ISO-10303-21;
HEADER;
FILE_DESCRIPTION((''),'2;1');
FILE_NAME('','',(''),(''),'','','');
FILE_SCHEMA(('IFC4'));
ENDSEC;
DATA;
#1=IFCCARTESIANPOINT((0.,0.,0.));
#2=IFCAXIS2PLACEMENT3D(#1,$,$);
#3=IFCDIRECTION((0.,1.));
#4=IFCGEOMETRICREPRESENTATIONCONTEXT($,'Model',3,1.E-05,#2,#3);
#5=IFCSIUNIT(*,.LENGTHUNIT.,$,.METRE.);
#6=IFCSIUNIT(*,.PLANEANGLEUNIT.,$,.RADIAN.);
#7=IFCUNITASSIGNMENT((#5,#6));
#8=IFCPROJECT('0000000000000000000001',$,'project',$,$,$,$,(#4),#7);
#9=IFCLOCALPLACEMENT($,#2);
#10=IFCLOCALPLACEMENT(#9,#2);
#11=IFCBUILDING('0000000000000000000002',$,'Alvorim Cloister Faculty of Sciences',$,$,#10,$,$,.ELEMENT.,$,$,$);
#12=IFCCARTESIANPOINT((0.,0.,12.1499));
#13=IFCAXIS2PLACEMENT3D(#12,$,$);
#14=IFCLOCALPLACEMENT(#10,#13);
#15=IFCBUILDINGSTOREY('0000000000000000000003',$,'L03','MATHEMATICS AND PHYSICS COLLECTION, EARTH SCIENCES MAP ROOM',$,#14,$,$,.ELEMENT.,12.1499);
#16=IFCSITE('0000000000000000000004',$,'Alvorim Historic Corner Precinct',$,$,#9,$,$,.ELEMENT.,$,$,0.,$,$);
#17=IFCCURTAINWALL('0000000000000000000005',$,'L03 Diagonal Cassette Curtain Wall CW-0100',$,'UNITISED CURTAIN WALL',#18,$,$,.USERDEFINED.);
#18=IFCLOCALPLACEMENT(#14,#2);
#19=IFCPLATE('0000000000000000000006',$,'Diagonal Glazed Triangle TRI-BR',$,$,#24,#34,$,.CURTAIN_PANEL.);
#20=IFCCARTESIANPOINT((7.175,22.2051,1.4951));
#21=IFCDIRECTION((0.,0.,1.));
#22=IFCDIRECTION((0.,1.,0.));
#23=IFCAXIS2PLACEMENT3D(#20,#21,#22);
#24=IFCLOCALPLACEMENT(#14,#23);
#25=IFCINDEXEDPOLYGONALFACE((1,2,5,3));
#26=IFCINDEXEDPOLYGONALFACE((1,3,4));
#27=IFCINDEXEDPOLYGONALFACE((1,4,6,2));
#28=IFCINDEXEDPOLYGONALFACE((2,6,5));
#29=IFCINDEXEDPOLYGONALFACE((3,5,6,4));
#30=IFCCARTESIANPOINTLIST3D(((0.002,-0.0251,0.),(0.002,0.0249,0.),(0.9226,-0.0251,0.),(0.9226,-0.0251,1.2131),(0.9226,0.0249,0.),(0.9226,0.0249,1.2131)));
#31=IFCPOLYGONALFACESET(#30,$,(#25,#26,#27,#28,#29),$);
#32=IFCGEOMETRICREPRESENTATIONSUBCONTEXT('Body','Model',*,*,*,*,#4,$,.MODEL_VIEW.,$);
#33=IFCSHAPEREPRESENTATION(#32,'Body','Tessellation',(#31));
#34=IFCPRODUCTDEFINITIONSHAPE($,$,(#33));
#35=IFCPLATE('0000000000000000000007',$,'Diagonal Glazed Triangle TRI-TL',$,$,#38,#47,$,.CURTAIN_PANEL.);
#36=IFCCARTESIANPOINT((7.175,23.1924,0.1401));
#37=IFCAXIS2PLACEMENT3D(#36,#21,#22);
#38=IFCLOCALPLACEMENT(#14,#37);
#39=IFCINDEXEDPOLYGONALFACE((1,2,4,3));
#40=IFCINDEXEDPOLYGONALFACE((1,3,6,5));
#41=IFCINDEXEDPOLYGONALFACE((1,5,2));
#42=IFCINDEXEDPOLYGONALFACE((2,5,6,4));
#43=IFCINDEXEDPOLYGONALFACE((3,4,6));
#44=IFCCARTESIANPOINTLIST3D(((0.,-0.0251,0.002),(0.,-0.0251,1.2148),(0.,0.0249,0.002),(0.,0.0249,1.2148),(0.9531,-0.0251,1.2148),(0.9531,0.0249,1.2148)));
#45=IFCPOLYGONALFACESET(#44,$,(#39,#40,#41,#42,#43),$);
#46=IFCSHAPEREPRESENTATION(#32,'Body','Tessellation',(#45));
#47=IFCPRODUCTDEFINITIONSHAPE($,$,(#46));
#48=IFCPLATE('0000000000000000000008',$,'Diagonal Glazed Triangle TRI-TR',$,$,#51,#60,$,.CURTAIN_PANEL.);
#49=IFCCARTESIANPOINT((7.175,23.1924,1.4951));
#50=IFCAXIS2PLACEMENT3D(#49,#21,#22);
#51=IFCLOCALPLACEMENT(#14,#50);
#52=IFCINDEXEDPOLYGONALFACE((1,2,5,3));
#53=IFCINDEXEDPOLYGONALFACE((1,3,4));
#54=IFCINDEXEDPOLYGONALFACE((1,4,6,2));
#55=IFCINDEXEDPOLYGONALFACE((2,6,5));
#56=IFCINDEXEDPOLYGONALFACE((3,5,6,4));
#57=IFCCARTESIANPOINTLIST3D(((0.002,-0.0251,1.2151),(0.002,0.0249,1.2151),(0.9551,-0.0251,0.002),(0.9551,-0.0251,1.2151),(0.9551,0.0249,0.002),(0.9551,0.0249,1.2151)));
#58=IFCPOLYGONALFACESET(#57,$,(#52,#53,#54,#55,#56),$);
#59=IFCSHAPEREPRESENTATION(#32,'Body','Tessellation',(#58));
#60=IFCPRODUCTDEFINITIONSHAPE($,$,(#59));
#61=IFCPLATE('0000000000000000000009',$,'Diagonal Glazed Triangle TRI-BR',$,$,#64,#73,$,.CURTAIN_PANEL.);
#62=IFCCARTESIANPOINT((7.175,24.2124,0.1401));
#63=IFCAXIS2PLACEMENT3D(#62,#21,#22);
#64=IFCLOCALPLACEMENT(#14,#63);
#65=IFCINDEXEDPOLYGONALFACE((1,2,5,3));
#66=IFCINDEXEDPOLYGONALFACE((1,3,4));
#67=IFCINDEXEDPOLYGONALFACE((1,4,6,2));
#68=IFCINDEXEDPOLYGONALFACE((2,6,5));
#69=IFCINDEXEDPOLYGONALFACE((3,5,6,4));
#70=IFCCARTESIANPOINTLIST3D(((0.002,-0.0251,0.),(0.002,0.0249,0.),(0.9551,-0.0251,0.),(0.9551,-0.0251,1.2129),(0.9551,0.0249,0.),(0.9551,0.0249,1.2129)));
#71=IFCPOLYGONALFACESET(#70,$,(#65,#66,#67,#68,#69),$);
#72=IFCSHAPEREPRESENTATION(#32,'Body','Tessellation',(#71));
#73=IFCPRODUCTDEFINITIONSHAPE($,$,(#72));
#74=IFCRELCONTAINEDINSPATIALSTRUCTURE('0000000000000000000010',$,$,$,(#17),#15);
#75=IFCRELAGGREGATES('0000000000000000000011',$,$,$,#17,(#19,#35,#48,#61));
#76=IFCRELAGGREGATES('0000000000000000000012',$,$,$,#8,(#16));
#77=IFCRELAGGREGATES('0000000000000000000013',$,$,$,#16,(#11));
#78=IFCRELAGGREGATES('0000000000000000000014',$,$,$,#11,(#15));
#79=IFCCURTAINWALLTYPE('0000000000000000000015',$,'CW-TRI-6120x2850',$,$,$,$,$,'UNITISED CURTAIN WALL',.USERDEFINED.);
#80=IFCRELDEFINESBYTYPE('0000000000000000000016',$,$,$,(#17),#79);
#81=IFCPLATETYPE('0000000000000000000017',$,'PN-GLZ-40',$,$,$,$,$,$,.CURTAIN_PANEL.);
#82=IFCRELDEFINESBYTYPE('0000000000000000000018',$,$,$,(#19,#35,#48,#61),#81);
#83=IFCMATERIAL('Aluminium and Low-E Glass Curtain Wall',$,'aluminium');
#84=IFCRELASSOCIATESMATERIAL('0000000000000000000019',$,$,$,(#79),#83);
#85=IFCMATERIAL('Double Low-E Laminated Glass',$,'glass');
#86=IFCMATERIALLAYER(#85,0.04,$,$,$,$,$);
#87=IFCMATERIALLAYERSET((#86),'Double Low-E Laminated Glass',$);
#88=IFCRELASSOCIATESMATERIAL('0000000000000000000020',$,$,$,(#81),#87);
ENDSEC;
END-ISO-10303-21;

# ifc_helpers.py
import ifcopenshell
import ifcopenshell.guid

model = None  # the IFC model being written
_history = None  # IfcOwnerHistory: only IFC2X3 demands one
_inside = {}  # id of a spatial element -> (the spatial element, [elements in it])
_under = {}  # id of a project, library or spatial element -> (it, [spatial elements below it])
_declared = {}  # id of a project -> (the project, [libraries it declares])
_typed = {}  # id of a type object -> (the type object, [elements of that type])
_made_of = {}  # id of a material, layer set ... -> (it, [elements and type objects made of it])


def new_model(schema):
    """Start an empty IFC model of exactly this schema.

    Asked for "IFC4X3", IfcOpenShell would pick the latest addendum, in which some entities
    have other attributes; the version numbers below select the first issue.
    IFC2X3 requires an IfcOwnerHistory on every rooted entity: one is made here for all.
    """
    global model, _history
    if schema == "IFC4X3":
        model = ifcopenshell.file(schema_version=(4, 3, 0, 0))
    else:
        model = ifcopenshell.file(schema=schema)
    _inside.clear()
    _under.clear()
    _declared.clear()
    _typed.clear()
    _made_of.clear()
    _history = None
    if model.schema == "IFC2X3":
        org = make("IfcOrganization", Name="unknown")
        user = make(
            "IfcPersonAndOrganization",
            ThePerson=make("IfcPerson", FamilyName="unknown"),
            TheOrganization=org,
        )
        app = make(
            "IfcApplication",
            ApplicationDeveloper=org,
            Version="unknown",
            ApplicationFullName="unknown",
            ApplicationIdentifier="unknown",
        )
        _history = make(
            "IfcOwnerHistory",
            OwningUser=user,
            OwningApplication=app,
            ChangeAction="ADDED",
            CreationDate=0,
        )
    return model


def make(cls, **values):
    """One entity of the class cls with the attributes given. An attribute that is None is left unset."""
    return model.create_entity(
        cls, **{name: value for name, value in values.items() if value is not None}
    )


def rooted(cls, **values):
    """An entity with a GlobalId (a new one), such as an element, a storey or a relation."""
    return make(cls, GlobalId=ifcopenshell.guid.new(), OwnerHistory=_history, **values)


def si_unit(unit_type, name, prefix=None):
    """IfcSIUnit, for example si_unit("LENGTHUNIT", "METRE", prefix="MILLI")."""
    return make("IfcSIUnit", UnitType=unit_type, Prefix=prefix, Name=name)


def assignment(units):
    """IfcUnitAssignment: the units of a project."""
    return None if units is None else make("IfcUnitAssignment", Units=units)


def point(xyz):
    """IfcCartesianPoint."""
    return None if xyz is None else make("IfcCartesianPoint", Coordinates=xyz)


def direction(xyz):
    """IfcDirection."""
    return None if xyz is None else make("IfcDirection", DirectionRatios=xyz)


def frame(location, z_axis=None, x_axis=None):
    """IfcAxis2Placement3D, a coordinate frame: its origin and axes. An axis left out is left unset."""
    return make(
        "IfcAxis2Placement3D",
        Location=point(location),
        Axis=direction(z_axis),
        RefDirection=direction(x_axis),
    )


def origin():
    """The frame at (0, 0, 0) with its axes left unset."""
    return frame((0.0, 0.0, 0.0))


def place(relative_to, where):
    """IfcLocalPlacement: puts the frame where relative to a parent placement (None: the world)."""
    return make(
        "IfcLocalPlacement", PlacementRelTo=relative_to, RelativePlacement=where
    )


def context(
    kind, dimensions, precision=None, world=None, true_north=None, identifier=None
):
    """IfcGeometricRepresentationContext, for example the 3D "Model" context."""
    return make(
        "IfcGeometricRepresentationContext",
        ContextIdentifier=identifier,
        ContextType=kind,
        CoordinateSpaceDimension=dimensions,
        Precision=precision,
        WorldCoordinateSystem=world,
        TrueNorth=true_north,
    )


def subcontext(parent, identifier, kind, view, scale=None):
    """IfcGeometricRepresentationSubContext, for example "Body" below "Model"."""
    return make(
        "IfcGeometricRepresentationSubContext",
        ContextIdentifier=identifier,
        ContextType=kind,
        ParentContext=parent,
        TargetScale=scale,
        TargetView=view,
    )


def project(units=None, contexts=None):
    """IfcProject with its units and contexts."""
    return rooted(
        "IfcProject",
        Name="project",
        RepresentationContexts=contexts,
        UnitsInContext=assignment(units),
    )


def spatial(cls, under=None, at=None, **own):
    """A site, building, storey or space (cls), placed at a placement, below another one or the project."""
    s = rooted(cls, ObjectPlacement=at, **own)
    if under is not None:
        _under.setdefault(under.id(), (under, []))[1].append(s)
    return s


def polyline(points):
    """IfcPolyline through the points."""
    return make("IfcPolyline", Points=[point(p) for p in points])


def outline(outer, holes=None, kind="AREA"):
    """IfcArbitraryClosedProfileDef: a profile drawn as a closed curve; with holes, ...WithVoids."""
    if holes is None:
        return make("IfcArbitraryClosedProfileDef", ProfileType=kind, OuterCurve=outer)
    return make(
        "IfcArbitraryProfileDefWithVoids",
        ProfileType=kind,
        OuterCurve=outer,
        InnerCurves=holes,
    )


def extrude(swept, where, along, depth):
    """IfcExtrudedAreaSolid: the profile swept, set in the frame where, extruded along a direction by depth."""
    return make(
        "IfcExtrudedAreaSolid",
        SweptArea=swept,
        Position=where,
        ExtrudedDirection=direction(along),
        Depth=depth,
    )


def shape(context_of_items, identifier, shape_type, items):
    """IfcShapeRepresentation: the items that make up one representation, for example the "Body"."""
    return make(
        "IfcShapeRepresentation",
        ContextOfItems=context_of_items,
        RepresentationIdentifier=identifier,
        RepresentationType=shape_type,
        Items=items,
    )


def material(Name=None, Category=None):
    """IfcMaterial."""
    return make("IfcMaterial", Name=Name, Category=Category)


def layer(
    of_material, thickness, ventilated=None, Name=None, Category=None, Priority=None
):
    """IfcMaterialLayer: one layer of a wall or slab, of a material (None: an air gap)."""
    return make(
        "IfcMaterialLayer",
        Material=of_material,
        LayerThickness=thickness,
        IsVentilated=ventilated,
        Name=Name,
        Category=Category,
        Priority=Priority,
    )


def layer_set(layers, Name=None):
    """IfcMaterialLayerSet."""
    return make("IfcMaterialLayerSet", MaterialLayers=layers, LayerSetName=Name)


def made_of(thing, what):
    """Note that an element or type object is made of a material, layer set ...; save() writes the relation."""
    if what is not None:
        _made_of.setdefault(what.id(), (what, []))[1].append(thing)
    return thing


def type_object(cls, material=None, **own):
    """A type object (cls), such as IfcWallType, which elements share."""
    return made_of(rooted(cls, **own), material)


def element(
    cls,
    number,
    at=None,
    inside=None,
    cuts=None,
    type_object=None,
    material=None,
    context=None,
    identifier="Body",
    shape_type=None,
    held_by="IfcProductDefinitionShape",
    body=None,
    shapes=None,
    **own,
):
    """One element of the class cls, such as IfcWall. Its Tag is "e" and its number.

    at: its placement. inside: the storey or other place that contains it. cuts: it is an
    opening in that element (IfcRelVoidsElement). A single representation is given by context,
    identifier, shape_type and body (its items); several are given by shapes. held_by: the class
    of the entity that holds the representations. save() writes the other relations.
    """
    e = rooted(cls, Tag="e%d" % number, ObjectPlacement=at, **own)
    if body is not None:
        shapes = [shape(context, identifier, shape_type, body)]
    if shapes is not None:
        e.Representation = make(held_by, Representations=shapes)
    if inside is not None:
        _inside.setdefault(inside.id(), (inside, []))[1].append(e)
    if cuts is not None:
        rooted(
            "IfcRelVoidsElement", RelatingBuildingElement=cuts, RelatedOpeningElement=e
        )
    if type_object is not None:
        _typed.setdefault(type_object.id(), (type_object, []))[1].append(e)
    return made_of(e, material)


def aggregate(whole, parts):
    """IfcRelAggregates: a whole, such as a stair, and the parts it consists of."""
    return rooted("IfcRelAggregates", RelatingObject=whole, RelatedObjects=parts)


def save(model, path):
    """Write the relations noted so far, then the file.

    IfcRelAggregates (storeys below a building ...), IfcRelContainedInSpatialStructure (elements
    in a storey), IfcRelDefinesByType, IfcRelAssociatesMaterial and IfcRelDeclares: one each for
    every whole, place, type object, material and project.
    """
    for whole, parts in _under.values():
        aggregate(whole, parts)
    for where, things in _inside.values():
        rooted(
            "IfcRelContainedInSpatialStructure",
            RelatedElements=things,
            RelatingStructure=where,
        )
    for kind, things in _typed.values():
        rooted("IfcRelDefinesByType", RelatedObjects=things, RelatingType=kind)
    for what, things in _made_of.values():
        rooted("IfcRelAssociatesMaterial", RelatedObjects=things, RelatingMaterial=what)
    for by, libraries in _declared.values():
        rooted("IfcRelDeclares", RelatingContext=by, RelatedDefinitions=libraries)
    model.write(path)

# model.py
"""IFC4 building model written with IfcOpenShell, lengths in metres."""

from ifc_helpers import new_model, si_unit, direction, frame, origin, place, context, subcontext, project, spatial, polyline, outline, extrude, material, layer, layer_set, type_object, element, aggregate, save


model = new_model("IFC4")

# Units and contexts
model_context = context("Model", 3, precision=1e-05, world=origin(), true_north=direction((0.0, 1.0)))
body_context = subcontext(model_context, "Body", "Model", "MODEL_VIEW")
ifc_project = project(units=[si_unit("LENGTHUNIT", "METRE"), si_unit("PLANEANGLEUNIT", "RADIAN")], contexts=[model_context])

# Site, building, storey
site_placement = place(None, origin())
site = spatial("IfcSite", under=ifc_project, at=site_placement, Name="Alvorim Historic Corner Precinct", CompositionType="ELEMENT", RefElevation=0.0)
building_placement = place(site_placement, origin())
building = spatial("IfcBuilding", under=site, at=building_placement, Name="Alvorim Cloister Faculty of Sciences", CompositionType="ELEMENT")
storey_placement = place(building_placement, frame((0.0, 0.0, 12.1499)))
storey = spatial("IfcBuildingStorey", under=building, at=storey_placement, Name="L03", Description="MATHEMATICS AND PHYSICS COLLECTION, EARTH SCIENCES MAP ROOM", CompositionType="ELEMENT", Elevation=12.1499)

# Curtain wall
ifc_material_1 = material(Name="Aluminium and Low-E Glass Curtain Wall", Category="aluminium")
curtain_wall_type = type_object("IfcCurtainWallType", Name="CW-TRI-6120x2850", ElementType="UNITISED CURTAIN WALL", PredefinedType="USERDEFINED", material=ifc_material_1)
curtain_wall_placement = place(storey_placement, origin())
curtain_wall = element("IfcCurtainWall", 1, at=curtain_wall_placement, inside=storey, type_object=curtain_wall_type, Name="L03 Diagonal Cassette Curtain Wall CW-0100", ObjectType="UNITISED CURTAIN WALL", PredefinedType="USERDEFINED")

# Plates
ifc_material_2 = material(Name="Double Low-E Laminated Glass", Category="glass")
ifc_layer_1 = layer(ifc_material_2, 0.04)
ifc_layer_set_1 = layer_set([ifc_layer_1], Name="Double Low-E Laminated Glass")
plate_type_1 = type_object("IfcPlateType", Name="PN-GLZ-40", PredefinedType="CURTAIN_PANEL", material=ifc_layer_set_1)
plate_1_placement = place(storey_placement, frame((7.175, 22.2051, 1.4951), z_axis=(0.0, 0.0, 1.0), x_axis=(0.0, 1.0, 0.0)))
plate_1 = element("IfcPlate", 2, at=plate_1_placement, type_object=plate_type_1, Name="Diagonal Glazed Triangle TRI-BR", PredefinedType="CURTAIN_PANEL", context=body_context, shape_type="SweptSolid", body=[
    extrude(outline(polyline([(0.002, 0.0), (0.9226, 0.0), (0.9226, 1.2131), (0.002, 0.0)])), frame((0.0, 0.0249, 0.0), z_axis=(0.0, -1.0, 0.0), x_axis=(1.0, 0.0, 0.0)), (0.0, 0.0, 1.0), 0.05),
])
plate_2_placement = place(storey_placement, frame((7.175, 23.1924, 0.1401), z_axis=(0.0, 0.0, 1.0), x_axis=(0.0, 1.0, 0.0)))
plate_2 = element("IfcPlate", 3, at=plate_2_placement, type_object=plate_type_1, Name="Diagonal Glazed Triangle TRI-TL", PredefinedType="CURTAIN_PANEL", context=body_context, shape_type="SweptSolid", body=[
    extrude(outline(polyline([(0.9531, 1.2148), (0.0, 1.2148), (0.0, 0.002), (0.9531, 1.2148)])), frame((0.0, 0.0249, 0.0), z_axis=(0.0, -1.0, 0.0), x_axis=(1.0, 0.0, 0.0)), (0.0, 0.0, 1.0), 0.05),
])
plate_3_placement = place(storey_placement, frame((7.175, 23.1924, 1.4951), z_axis=(0.0, 0.0, 1.0), x_axis=(0.0, 1.0, 0.0)))
plate_3 = element("IfcPlate", 4, at=plate_3_placement, type_object=plate_type_1, Name="Diagonal Glazed Triangle TRI-TR", PredefinedType="CURTAIN_PANEL", context=body_context, shape_type="SweptSolid", body=[
    extrude(outline(polyline([(0.9551, 0.002), (0.9551, 1.2151), (0.002, 1.2151), (0.9551, 0.002)])), frame((0.0, 0.0249, 0.0), z_axis=(0.0, -1.0, 0.0), x_axis=(1.0, 0.0, 0.0)), (0.0, 0.0, 1.0), 0.05),
])
plate_4_placement = place(storey_placement, frame((7.175, 24.2124, 0.1401), z_axis=(0.0, 0.0, 1.0), x_axis=(0.0, 1.0, 0.0)))
plate_4 = element("IfcPlate", 5, at=plate_4_placement, type_object=plate_type_1, Name="Diagonal Glazed Triangle TRI-BR", PredefinedType="CURTAIN_PANEL", context=body_context, shape_type="SweptSolid", body=[
    extrude(outline(polyline([(0.002, 0.0), (0.9551, 0.0), (0.9551, 1.2129), (0.002, 0.0)])), frame((0.0, 0.0249, 0.0), z_axis=(0.0, -1.0, 0.0), x_axis=(1.0, 0.0, 0.0)), (0.0, 0.0, 1.0), 0.05),
])
aggregate(curtain_wall, [plate_1, plate_2, plate_3, plate_4])

save(model, "model.ifc")
